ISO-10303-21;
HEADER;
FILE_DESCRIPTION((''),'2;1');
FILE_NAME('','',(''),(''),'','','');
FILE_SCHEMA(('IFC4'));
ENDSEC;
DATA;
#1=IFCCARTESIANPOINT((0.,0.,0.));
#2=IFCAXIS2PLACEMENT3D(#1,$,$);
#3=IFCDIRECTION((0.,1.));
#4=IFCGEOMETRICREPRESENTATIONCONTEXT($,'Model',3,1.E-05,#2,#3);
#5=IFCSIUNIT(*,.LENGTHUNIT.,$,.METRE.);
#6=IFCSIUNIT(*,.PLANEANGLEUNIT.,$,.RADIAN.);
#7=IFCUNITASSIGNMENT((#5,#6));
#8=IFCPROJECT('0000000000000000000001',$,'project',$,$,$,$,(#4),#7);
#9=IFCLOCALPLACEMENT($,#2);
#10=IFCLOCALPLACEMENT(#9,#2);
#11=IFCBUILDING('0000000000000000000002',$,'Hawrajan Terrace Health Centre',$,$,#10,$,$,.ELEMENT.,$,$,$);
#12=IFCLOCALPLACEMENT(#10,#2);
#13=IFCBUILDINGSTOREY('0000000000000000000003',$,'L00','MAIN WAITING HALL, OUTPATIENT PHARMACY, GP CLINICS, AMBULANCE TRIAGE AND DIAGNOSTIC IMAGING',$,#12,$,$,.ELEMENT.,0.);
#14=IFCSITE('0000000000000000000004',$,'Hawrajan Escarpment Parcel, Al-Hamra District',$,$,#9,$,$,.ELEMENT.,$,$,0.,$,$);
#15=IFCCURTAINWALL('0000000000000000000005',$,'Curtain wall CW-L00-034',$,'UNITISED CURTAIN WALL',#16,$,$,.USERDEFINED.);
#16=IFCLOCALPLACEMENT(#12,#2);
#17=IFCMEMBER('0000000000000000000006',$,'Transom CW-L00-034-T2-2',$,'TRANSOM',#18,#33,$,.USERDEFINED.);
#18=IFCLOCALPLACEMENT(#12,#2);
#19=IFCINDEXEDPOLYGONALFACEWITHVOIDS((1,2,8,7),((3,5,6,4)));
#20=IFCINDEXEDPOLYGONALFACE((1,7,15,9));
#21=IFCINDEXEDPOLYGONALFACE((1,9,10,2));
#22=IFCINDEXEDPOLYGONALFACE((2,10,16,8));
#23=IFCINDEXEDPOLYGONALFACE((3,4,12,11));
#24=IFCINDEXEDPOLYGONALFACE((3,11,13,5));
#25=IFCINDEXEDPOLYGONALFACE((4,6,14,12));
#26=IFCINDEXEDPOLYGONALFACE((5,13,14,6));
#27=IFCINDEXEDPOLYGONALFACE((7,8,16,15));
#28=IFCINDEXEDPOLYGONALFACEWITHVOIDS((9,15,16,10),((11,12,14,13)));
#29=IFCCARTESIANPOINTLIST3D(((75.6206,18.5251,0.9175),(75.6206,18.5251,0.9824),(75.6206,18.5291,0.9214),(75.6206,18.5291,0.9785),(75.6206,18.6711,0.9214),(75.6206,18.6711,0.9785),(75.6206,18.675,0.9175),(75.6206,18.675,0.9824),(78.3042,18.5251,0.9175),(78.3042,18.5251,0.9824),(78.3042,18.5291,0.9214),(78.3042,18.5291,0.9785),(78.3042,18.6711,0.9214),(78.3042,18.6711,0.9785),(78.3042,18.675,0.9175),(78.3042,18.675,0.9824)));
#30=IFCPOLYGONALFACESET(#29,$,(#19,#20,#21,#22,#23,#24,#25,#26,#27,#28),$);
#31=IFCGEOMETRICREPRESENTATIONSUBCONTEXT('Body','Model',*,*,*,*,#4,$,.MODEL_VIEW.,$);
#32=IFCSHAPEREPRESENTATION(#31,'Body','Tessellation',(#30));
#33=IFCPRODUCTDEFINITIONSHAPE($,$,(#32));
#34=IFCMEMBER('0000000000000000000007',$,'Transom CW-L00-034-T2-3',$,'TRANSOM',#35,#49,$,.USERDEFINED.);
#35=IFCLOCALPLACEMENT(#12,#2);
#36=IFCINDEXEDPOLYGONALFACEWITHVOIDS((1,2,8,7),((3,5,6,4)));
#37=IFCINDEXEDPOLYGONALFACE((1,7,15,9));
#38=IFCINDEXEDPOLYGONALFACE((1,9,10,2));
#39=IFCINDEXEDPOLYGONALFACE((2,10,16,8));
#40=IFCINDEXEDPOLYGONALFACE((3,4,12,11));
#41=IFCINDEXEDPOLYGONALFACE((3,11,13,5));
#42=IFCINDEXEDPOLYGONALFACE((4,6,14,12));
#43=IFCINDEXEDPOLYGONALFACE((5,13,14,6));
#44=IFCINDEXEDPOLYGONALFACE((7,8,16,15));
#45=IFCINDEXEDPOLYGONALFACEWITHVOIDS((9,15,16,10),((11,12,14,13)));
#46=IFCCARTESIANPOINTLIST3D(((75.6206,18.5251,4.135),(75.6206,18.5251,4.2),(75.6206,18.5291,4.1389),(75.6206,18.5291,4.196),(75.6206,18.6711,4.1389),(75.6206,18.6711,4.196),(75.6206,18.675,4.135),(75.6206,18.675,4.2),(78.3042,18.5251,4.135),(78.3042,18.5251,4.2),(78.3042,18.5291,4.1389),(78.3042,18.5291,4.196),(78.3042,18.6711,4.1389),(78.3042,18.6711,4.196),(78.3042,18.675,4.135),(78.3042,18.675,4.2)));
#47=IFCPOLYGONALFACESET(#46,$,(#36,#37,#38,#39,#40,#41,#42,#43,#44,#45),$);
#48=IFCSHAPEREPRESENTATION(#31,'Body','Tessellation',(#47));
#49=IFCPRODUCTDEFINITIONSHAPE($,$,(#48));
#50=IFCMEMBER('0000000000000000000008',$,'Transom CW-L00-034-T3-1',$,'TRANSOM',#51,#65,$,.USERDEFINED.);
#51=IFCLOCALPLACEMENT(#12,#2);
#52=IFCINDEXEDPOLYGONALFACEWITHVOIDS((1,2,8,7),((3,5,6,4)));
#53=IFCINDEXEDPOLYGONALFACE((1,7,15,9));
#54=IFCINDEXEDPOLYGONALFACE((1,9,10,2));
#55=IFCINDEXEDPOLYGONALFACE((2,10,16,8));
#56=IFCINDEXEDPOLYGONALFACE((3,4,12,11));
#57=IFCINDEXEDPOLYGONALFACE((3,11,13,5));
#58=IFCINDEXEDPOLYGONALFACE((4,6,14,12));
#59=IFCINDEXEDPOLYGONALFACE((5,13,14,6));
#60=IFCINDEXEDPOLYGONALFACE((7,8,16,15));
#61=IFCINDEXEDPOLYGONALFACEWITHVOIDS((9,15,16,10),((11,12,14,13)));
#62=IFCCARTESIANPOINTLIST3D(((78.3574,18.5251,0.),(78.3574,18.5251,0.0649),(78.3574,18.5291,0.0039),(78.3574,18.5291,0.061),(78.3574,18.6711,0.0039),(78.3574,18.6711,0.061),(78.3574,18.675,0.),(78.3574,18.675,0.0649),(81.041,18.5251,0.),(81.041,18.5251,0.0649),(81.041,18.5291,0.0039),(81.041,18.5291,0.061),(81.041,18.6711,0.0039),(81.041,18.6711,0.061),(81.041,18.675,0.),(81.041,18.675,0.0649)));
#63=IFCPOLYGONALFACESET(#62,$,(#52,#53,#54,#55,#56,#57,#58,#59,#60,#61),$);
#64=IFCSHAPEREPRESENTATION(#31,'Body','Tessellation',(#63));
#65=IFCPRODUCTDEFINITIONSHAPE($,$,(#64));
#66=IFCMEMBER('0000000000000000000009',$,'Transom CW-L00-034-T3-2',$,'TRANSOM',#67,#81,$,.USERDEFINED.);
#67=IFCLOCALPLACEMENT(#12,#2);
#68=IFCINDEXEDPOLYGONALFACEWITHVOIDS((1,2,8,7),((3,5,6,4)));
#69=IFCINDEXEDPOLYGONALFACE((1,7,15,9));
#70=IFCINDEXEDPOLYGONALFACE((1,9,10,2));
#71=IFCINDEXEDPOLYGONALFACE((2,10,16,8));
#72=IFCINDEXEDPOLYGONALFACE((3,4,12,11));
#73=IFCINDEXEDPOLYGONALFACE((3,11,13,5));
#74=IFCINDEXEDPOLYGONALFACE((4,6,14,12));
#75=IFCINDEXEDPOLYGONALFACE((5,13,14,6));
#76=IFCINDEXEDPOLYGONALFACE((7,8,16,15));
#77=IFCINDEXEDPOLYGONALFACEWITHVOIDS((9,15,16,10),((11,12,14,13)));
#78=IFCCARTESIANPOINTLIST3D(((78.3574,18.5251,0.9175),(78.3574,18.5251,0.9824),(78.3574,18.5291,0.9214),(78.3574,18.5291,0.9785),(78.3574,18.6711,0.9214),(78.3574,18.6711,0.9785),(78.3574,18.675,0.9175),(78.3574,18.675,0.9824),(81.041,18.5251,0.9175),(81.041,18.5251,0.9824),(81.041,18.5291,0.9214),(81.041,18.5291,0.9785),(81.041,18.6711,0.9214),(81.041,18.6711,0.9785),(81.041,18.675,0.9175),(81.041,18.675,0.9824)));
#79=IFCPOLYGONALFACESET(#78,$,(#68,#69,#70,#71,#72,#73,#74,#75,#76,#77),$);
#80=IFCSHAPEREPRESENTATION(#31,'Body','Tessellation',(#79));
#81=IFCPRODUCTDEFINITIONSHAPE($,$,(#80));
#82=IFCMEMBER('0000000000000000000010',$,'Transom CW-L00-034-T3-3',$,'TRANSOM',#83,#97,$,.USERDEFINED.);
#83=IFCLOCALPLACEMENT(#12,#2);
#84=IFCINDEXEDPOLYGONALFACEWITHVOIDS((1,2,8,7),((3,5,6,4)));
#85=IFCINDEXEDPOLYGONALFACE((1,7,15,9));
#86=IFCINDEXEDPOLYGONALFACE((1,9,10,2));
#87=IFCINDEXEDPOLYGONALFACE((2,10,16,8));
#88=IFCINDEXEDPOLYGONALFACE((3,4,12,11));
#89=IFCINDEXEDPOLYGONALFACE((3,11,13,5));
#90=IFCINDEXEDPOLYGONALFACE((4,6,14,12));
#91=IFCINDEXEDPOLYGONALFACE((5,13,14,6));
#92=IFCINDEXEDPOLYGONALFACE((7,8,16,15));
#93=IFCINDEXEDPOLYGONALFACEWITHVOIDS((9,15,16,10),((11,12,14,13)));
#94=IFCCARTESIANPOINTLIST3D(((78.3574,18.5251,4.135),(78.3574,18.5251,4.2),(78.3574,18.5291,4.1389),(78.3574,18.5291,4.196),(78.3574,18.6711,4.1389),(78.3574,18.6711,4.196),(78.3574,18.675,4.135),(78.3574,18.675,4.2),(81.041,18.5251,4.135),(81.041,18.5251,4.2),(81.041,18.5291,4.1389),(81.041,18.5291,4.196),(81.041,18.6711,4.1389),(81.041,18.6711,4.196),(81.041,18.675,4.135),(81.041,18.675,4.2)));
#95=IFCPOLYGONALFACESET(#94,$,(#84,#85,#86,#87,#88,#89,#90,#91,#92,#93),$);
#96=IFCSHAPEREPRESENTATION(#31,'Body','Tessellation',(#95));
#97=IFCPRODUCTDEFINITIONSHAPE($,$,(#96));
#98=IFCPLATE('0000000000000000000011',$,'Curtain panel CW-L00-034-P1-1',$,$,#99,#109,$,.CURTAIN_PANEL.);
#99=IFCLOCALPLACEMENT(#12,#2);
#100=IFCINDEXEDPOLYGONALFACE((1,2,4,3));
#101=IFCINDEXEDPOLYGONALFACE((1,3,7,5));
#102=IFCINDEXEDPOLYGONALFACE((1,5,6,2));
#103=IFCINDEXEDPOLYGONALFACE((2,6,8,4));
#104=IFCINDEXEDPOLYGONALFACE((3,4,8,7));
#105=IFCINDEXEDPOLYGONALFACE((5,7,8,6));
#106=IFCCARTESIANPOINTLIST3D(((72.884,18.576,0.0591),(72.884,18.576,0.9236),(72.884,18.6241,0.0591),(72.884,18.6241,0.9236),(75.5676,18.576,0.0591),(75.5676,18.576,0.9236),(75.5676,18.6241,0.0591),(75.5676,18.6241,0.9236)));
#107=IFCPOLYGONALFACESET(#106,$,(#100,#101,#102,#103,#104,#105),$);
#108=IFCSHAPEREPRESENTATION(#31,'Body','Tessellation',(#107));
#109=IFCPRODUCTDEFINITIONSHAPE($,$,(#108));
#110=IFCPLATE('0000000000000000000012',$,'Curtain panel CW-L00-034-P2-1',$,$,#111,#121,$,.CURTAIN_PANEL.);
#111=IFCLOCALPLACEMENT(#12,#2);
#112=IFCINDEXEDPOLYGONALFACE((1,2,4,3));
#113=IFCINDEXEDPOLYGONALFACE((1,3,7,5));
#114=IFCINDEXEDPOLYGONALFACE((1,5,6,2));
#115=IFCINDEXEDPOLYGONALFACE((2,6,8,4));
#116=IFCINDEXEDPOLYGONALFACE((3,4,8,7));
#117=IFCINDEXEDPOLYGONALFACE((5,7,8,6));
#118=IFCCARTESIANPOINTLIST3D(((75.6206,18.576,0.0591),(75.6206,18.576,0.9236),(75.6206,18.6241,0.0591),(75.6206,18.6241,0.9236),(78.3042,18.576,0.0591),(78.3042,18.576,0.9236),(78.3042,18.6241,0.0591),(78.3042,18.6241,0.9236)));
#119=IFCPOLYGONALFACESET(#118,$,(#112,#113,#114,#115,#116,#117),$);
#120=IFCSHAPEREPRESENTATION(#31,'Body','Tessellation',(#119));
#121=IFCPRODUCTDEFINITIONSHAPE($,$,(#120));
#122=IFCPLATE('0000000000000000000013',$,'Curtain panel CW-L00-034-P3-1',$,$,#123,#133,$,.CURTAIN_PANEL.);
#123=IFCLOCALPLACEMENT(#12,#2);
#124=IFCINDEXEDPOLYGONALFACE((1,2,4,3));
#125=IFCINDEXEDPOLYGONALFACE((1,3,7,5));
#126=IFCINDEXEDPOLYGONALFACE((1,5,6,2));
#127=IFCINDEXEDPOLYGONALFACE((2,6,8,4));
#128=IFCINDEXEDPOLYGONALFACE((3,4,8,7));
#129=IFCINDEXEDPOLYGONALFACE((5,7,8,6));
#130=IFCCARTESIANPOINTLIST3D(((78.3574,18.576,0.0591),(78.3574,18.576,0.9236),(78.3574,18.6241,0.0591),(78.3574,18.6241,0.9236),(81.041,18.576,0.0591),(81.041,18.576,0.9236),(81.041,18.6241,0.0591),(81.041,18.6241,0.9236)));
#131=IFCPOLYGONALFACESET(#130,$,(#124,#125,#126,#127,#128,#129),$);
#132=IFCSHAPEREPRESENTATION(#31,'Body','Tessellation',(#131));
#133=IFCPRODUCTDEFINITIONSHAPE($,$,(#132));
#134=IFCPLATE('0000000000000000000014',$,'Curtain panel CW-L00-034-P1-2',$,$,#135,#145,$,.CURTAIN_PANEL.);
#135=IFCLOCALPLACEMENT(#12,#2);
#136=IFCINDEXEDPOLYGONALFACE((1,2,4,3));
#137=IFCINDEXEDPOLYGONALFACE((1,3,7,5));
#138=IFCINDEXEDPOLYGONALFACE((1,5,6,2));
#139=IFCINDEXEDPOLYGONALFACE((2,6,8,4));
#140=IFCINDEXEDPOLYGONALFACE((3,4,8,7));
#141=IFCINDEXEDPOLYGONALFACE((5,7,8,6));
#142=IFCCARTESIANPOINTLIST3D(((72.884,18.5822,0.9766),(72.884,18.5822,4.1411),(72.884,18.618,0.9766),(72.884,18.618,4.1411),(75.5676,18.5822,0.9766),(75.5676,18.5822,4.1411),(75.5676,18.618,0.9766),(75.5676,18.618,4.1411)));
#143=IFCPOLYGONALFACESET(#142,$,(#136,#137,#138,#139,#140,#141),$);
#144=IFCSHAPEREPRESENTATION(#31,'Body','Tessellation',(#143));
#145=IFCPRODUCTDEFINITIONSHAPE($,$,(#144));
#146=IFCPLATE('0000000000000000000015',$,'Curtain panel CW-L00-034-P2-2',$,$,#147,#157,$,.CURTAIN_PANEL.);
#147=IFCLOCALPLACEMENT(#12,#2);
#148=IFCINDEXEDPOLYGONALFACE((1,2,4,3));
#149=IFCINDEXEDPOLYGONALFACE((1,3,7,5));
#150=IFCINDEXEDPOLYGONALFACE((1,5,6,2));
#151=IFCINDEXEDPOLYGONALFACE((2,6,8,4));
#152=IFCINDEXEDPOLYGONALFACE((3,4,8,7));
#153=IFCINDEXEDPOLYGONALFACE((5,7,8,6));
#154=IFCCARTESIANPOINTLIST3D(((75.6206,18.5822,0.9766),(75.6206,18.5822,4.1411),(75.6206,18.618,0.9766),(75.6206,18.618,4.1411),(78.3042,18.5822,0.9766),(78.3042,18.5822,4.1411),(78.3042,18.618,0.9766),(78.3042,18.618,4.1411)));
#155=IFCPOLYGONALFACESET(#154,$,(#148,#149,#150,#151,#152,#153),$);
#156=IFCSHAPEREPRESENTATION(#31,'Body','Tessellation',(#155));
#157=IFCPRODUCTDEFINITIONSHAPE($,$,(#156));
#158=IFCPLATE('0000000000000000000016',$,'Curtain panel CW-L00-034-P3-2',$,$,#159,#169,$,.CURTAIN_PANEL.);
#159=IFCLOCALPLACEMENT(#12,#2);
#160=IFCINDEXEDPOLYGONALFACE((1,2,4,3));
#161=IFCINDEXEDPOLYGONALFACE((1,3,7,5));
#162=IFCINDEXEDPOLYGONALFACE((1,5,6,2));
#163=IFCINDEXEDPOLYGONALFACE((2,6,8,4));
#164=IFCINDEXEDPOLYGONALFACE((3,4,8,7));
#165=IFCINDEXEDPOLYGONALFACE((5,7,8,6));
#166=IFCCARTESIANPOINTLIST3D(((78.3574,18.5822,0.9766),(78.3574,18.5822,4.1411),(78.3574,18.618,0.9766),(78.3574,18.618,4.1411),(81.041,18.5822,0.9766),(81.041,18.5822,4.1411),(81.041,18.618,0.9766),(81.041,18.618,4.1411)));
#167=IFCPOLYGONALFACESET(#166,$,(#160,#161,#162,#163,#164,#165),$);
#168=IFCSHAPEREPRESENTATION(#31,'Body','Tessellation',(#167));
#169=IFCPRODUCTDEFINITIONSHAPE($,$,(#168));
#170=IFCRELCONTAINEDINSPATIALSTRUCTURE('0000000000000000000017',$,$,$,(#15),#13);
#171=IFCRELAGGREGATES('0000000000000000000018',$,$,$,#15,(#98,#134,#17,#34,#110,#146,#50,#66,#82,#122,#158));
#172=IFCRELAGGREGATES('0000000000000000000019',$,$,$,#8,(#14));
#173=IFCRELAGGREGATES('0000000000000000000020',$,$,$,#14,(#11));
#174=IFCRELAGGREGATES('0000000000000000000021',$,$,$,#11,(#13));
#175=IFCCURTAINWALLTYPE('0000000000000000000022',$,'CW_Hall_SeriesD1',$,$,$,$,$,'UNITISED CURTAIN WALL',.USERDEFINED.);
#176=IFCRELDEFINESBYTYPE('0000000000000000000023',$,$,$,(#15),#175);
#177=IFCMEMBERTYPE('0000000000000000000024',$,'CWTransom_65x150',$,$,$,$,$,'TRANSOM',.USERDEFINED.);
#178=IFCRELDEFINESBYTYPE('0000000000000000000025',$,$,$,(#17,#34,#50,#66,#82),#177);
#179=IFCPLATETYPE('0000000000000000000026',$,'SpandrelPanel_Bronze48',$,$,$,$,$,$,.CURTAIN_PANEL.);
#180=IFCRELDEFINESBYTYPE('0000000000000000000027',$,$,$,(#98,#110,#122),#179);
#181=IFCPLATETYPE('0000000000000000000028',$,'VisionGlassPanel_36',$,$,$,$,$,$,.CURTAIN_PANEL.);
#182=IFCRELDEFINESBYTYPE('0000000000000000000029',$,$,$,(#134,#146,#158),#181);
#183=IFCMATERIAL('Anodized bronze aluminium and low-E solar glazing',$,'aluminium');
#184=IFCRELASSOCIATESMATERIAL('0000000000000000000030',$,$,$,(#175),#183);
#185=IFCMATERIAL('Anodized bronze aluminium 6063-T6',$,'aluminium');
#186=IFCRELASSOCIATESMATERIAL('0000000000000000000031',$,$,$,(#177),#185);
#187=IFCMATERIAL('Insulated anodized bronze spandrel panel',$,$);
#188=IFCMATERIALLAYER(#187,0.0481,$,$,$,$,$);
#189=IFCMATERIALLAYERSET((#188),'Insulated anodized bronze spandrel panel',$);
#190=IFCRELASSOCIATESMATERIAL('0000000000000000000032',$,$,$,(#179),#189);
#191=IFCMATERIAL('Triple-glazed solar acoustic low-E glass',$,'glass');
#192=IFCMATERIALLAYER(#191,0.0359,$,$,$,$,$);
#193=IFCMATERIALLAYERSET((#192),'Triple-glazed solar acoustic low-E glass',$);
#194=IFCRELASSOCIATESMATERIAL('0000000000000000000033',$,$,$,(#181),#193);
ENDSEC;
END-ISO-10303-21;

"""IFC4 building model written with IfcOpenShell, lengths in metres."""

from ifc_helpers import new_model, si_unit, direction, frame, origin, origin_2d, place, context, subcontext, project, spatial, rectangle, hollow_rectangle, extrude, material, layer, layer_set, material_profile, profile_set, type_object, element, aggregate, save


model = new_model("IFC4")

# Units and contexts
model_context = context("Model", 3, precision=1e-05, world=origin(), true_north=direction((0.0, 1.0)))
body_context = subcontext(model_context, "Body", "Model", "MODEL_VIEW")
ifc_project = project(units=[si_unit("LENGTHUNIT", "METRE"), si_unit("PLANEANGLEUNIT", "RADIAN")], contexts=[model_context])

# Site, building, storey
site_placement = place(None, origin())
site = spatial("IfcSite", under=ifc_project, at=site_placement, Name="Hawrajan Escarpment Parcel, Al-Hamra District", CompositionType="ELEMENT", RefElevation=0.0)
building_placement = place(site_placement, origin())
building = spatial("IfcBuilding", under=site, at=building_placement, Name="Hawrajan Terrace Health Centre", CompositionType="ELEMENT")
storey_placement = place(building_placement, origin())
storey = spatial("IfcBuildingStorey", under=building, at=storey_placement, Name="L00", Description="MAIN WAITING HALL, OUTPATIENT PHARMACY, GP CLINICS, AMBULANCE TRIAGE AND DIAGNOSTIC IMAGING", CompositionType="ELEMENT", Elevation=0.0)

# Curtain wall, members, plates
ifc_material_1 = material(Name="Anodized bronze aluminium and low-E solar glazing", Category="aluminium")
curtain_wall_type = type_object("IfcCurtainWallType", Name="CW_Hall_SeriesD1", ElementType="UNITISED CURTAIN WALL", PredefinedType="USERDEFINED", material=ifc_material_1)
curtain_wall_placement = place(storey_placement, origin())
curtain_wall = element("IfcCurtainWall", 1, at=curtain_wall_placement, inside=storey, type_object=curtain_wall_type, Name="Curtain wall CW-L00-034", ObjectType="UNITISED CURTAIN WALL", PredefinedType="USERDEFINED")
ifc_material_2 = material(Name="Anodized bronze aluminium 6063-T6", Category="aluminium")
ifc_material_profile_1 = material_profile(ifc_material_2, hollow_rectangle(XDim=0.0649, YDim=0.1499, WallThickness=0.0039, at=origin_2d()), Name="CW TRN 65x150")
ifc_profile_set_1 = profile_set([ifc_material_profile_1], Name="Anodized bronze aluminium 6063-T6")
member_type_1 = type_object("IfcMemberType", Name="CWTransom_65x150", ElementType="TRANSOM", PredefinedType="USERDEFINED", material=ifc_profile_set_1)
member_1_placement = place(storey_placement, frame((75.6206, 18.6001, 0.95), z_axis=(1.0, 0.0, 0.0), x_axis=(0.0, 0.0, 1.0)))
member_1 = element("IfcMember", 2, at=member_1_placement, type_object=member_type_1, Name="Transom CW-L00-034-T2-2", ObjectType="TRANSOM", PredefinedType="USERDEFINED", context=body_context, shape_type="SweptSolid", body=[
    extrude(hollow_rectangle(XDim=0.0649, YDim=0.1499, WallThickness=0.0039, at=origin_2d()), origin(), (0.0, 0.0, 1.0), 2.6836),
])
member_2_placement = place(storey_placement, frame((75.6206, 18.6001, 4.1675), z_axis=(1.0, 0.0, 0.0), x_axis=(0.0, 0.0, 1.0)))
member_2 = element("IfcMember", 3, at=member_2_placement, type_object=member_type_1, Name="Transom CW-L00-034-T2-3", ObjectType="TRANSOM", PredefinedType="USERDEFINED", context=body_context, shape_type="SweptSolid", body=[
    extrude(hollow_rectangle(XDim=0.0649, YDim=0.1499, WallThickness=0.0039, at=origin_2d()), origin(), (0.0, 0.0, 1.0), 2.6836),
])
member_3_placement = place(storey_placement, frame((78.3574, 18.6001, 0.0325), z_axis=(1.0, 0.0, 0.0), x_axis=(0.0, 0.0, 1.0)))
member_3 = element("IfcMember", 4, at=member_3_placement, type_object=member_type_1, Name="Transom CW-L00-034-T3-1", ObjectType="TRANSOM", PredefinedType="USERDEFINED", context=body_context, shape_type="SweptSolid", body=[
    extrude(hollow_rectangle(XDim=0.0649, YDim=0.1499, WallThickness=0.0039, at=origin_2d()), origin(), (0.0, 0.0, 1.0), 2.6836),
])
member_4_placement = place(storey_placement, frame((78.3574, 18.6001, 0.95), z_axis=(1.0, 0.0, 0.0), x_axis=(0.0, 0.0, 1.0)))
member_4 = element("IfcMember", 5, at=member_4_placement, type_object=member_type_1, Name="Transom CW-L00-034-T3-2", ObjectType="TRANSOM", PredefinedType="USERDEFINED", context=body_context, shape_type="SweptSolid", body=[
    extrude(hollow_rectangle(XDim=0.0649, YDim=0.1499, WallThickness=0.0039, at=origin_2d()), origin(), (0.0, 0.0, 1.0), 2.6836),
])
member_5_placement = place(storey_placement, frame((78.3574, 18.6001, 4.1675), z_axis=(1.0, 0.0, 0.0), x_axis=(0.0, 0.0, 1.0)))
member_5 = element("IfcMember", 6, at=member_5_placement, type_object=member_type_1, Name="Transom CW-L00-034-T3-3", ObjectType="TRANSOM", PredefinedType="USERDEFINED", context=body_context, shape_type="SweptSolid", body=[
    extrude(hollow_rectangle(XDim=0.0649, YDim=0.1499, WallThickness=0.0039, at=origin_2d()), origin(), (0.0, 0.0, 1.0), 2.6836),
])
ifc_material_3 = material(Name="Insulated anodized bronze spandrel panel")
ifc_layer_1 = layer(ifc_material_3, 0.0481)
ifc_layer_set_1 = layer_set([ifc_layer_1], Name="Insulated anodized bronze spandrel panel")
plate_type_1 = type_object("IfcPlateType", Name="SpandrelPanel_Bronze48", PredefinedType="CURTAIN_PANEL", material=ifc_layer_set_1)
plate_1_placement = place(storey_placement, frame((74.2258, 18.6001, 0.0591), z_axis=(0.0, 0.0, 1.0), x_axis=(1.0, 0.0, 0.0)))
plate_1 = element("IfcPlate", 7, at=plate_1_placement, type_object=plate_type_1, Name="Curtain panel CW-L00-034-P1-1", PredefinedType="CURTAIN_PANEL", context=body_context, shape_type="SweptSolid", body=[
    extrude(rectangle(XDim=2.6836, YDim=0.0481, at=origin_2d()), origin(), (0.0, 0.0, 1.0), 0.8645),
])
plate_2_placement = place(storey_placement, frame((76.9624, 18.6001, 0.0591), z_axis=(0.0, 0.0, 1.0), x_axis=(1.0, 0.0, 0.0)))
plate_2 = element("IfcPlate", 8, at=plate_2_placement, type_object=plate_type_1, Name="Curtain panel CW-L00-034-P2-1", PredefinedType="CURTAIN_PANEL", context=body_context, shape_type="SweptSolid", body=[
    extrude(rectangle(XDim=2.6836, YDim=0.0481, at=origin_2d()), origin(), (0.0, 0.0, 1.0), 0.8645),
])
plate_3_placement = place(storey_placement, frame((79.6992, 18.6001, 0.0591), z_axis=(0.0, 0.0, 1.0), x_axis=(1.0, 0.0, 0.0)))
plate_3 = element("IfcPlate", 9, at=plate_3_placement, type_object=plate_type_1, Name="Curtain panel CW-L00-034-P3-1", PredefinedType="CURTAIN_PANEL", context=body_context, shape_type="SweptSolid", body=[
    extrude(rectangle(XDim=2.6836, YDim=0.0481, at=origin_2d()), origin(), (0.0, 0.0, 1.0), 0.8645),
])
ifc_material_4 = material(Name="Triple-glazed solar acoustic low-E glass", Category="glass")
ifc_layer_2 = layer(ifc_material_4, 0.0359)
ifc_layer_set_2 = layer_set([ifc_layer_2], Name="Triple-glazed solar acoustic low-E glass")
plate_type_2 = type_object("IfcPlateType", Name="VisionGlassPanel_36", PredefinedType="CURTAIN_PANEL", material=ifc_layer_set_2)
plate_4_placement = place(storey_placement, frame((74.2258, 18.6001, 0.9766), z_axis=(0.0, 0.0, 1.0), x_axis=(1.0, 0.0, 0.0)))
plate_4 = element("IfcPlate", 10, at=plate_4_placement, type_object=plate_type_2, Name="Curtain panel CW-L00-034-P1-2", PredefinedType="CURTAIN_PANEL", context=body_context, shape_type="SweptSolid", body=[
    extrude(rectangle(XDim=2.6836, YDim=0.0359, at=origin_2d()), origin(), (0.0, 0.0, 1.0), 3.1646),
])
plate_5_placement = place(storey_placement, frame((76.9624, 18.6001, 0.9766), z_axis=(0.0, 0.0, 1.0), x_axis=(1.0, 0.0, 0.0)))
plate_5 = element("IfcPlate", 11, at=plate_5_placement, type_object=plate_type_2, Name="Curtain panel CW-L00-034-P2-2", PredefinedType="CURTAIN_PANEL", context=body_context, shape_type="SweptSolid", body=[
    extrude(rectangle(XDim=2.6836, YDim=0.0359, at=origin_2d()), origin(), (0.0, 0.0, 1.0), 3.1646),
])
plate_6_placement = place(storey_placement, frame((79.6992, 18.6001, 0.9766), z_axis=(0.0, 0.0, 1.0), x_axis=(1.0, 0.0, 0.0)))
plate_6 = element("IfcPlate", 12, at=plate_6_placement, type_object=plate_type_2, Name="Curtain panel CW-L00-034-P3-2", PredefinedType="CURTAIN_PANEL", context=body_context, shape_type="SweptSolid", body=[
    extrude(rectangle(XDim=2.6836, YDim=0.0359, at=origin_2d()), origin(), (0.0, 0.0, 1.0), 3.1646),
])
aggregate(curtain_wall, [plate_1, plate_4, member_1, member_2, plate_2, plate_5, member_3, member_4, member_5, plate_3, plate_6])

save(model, "model.ifc")
